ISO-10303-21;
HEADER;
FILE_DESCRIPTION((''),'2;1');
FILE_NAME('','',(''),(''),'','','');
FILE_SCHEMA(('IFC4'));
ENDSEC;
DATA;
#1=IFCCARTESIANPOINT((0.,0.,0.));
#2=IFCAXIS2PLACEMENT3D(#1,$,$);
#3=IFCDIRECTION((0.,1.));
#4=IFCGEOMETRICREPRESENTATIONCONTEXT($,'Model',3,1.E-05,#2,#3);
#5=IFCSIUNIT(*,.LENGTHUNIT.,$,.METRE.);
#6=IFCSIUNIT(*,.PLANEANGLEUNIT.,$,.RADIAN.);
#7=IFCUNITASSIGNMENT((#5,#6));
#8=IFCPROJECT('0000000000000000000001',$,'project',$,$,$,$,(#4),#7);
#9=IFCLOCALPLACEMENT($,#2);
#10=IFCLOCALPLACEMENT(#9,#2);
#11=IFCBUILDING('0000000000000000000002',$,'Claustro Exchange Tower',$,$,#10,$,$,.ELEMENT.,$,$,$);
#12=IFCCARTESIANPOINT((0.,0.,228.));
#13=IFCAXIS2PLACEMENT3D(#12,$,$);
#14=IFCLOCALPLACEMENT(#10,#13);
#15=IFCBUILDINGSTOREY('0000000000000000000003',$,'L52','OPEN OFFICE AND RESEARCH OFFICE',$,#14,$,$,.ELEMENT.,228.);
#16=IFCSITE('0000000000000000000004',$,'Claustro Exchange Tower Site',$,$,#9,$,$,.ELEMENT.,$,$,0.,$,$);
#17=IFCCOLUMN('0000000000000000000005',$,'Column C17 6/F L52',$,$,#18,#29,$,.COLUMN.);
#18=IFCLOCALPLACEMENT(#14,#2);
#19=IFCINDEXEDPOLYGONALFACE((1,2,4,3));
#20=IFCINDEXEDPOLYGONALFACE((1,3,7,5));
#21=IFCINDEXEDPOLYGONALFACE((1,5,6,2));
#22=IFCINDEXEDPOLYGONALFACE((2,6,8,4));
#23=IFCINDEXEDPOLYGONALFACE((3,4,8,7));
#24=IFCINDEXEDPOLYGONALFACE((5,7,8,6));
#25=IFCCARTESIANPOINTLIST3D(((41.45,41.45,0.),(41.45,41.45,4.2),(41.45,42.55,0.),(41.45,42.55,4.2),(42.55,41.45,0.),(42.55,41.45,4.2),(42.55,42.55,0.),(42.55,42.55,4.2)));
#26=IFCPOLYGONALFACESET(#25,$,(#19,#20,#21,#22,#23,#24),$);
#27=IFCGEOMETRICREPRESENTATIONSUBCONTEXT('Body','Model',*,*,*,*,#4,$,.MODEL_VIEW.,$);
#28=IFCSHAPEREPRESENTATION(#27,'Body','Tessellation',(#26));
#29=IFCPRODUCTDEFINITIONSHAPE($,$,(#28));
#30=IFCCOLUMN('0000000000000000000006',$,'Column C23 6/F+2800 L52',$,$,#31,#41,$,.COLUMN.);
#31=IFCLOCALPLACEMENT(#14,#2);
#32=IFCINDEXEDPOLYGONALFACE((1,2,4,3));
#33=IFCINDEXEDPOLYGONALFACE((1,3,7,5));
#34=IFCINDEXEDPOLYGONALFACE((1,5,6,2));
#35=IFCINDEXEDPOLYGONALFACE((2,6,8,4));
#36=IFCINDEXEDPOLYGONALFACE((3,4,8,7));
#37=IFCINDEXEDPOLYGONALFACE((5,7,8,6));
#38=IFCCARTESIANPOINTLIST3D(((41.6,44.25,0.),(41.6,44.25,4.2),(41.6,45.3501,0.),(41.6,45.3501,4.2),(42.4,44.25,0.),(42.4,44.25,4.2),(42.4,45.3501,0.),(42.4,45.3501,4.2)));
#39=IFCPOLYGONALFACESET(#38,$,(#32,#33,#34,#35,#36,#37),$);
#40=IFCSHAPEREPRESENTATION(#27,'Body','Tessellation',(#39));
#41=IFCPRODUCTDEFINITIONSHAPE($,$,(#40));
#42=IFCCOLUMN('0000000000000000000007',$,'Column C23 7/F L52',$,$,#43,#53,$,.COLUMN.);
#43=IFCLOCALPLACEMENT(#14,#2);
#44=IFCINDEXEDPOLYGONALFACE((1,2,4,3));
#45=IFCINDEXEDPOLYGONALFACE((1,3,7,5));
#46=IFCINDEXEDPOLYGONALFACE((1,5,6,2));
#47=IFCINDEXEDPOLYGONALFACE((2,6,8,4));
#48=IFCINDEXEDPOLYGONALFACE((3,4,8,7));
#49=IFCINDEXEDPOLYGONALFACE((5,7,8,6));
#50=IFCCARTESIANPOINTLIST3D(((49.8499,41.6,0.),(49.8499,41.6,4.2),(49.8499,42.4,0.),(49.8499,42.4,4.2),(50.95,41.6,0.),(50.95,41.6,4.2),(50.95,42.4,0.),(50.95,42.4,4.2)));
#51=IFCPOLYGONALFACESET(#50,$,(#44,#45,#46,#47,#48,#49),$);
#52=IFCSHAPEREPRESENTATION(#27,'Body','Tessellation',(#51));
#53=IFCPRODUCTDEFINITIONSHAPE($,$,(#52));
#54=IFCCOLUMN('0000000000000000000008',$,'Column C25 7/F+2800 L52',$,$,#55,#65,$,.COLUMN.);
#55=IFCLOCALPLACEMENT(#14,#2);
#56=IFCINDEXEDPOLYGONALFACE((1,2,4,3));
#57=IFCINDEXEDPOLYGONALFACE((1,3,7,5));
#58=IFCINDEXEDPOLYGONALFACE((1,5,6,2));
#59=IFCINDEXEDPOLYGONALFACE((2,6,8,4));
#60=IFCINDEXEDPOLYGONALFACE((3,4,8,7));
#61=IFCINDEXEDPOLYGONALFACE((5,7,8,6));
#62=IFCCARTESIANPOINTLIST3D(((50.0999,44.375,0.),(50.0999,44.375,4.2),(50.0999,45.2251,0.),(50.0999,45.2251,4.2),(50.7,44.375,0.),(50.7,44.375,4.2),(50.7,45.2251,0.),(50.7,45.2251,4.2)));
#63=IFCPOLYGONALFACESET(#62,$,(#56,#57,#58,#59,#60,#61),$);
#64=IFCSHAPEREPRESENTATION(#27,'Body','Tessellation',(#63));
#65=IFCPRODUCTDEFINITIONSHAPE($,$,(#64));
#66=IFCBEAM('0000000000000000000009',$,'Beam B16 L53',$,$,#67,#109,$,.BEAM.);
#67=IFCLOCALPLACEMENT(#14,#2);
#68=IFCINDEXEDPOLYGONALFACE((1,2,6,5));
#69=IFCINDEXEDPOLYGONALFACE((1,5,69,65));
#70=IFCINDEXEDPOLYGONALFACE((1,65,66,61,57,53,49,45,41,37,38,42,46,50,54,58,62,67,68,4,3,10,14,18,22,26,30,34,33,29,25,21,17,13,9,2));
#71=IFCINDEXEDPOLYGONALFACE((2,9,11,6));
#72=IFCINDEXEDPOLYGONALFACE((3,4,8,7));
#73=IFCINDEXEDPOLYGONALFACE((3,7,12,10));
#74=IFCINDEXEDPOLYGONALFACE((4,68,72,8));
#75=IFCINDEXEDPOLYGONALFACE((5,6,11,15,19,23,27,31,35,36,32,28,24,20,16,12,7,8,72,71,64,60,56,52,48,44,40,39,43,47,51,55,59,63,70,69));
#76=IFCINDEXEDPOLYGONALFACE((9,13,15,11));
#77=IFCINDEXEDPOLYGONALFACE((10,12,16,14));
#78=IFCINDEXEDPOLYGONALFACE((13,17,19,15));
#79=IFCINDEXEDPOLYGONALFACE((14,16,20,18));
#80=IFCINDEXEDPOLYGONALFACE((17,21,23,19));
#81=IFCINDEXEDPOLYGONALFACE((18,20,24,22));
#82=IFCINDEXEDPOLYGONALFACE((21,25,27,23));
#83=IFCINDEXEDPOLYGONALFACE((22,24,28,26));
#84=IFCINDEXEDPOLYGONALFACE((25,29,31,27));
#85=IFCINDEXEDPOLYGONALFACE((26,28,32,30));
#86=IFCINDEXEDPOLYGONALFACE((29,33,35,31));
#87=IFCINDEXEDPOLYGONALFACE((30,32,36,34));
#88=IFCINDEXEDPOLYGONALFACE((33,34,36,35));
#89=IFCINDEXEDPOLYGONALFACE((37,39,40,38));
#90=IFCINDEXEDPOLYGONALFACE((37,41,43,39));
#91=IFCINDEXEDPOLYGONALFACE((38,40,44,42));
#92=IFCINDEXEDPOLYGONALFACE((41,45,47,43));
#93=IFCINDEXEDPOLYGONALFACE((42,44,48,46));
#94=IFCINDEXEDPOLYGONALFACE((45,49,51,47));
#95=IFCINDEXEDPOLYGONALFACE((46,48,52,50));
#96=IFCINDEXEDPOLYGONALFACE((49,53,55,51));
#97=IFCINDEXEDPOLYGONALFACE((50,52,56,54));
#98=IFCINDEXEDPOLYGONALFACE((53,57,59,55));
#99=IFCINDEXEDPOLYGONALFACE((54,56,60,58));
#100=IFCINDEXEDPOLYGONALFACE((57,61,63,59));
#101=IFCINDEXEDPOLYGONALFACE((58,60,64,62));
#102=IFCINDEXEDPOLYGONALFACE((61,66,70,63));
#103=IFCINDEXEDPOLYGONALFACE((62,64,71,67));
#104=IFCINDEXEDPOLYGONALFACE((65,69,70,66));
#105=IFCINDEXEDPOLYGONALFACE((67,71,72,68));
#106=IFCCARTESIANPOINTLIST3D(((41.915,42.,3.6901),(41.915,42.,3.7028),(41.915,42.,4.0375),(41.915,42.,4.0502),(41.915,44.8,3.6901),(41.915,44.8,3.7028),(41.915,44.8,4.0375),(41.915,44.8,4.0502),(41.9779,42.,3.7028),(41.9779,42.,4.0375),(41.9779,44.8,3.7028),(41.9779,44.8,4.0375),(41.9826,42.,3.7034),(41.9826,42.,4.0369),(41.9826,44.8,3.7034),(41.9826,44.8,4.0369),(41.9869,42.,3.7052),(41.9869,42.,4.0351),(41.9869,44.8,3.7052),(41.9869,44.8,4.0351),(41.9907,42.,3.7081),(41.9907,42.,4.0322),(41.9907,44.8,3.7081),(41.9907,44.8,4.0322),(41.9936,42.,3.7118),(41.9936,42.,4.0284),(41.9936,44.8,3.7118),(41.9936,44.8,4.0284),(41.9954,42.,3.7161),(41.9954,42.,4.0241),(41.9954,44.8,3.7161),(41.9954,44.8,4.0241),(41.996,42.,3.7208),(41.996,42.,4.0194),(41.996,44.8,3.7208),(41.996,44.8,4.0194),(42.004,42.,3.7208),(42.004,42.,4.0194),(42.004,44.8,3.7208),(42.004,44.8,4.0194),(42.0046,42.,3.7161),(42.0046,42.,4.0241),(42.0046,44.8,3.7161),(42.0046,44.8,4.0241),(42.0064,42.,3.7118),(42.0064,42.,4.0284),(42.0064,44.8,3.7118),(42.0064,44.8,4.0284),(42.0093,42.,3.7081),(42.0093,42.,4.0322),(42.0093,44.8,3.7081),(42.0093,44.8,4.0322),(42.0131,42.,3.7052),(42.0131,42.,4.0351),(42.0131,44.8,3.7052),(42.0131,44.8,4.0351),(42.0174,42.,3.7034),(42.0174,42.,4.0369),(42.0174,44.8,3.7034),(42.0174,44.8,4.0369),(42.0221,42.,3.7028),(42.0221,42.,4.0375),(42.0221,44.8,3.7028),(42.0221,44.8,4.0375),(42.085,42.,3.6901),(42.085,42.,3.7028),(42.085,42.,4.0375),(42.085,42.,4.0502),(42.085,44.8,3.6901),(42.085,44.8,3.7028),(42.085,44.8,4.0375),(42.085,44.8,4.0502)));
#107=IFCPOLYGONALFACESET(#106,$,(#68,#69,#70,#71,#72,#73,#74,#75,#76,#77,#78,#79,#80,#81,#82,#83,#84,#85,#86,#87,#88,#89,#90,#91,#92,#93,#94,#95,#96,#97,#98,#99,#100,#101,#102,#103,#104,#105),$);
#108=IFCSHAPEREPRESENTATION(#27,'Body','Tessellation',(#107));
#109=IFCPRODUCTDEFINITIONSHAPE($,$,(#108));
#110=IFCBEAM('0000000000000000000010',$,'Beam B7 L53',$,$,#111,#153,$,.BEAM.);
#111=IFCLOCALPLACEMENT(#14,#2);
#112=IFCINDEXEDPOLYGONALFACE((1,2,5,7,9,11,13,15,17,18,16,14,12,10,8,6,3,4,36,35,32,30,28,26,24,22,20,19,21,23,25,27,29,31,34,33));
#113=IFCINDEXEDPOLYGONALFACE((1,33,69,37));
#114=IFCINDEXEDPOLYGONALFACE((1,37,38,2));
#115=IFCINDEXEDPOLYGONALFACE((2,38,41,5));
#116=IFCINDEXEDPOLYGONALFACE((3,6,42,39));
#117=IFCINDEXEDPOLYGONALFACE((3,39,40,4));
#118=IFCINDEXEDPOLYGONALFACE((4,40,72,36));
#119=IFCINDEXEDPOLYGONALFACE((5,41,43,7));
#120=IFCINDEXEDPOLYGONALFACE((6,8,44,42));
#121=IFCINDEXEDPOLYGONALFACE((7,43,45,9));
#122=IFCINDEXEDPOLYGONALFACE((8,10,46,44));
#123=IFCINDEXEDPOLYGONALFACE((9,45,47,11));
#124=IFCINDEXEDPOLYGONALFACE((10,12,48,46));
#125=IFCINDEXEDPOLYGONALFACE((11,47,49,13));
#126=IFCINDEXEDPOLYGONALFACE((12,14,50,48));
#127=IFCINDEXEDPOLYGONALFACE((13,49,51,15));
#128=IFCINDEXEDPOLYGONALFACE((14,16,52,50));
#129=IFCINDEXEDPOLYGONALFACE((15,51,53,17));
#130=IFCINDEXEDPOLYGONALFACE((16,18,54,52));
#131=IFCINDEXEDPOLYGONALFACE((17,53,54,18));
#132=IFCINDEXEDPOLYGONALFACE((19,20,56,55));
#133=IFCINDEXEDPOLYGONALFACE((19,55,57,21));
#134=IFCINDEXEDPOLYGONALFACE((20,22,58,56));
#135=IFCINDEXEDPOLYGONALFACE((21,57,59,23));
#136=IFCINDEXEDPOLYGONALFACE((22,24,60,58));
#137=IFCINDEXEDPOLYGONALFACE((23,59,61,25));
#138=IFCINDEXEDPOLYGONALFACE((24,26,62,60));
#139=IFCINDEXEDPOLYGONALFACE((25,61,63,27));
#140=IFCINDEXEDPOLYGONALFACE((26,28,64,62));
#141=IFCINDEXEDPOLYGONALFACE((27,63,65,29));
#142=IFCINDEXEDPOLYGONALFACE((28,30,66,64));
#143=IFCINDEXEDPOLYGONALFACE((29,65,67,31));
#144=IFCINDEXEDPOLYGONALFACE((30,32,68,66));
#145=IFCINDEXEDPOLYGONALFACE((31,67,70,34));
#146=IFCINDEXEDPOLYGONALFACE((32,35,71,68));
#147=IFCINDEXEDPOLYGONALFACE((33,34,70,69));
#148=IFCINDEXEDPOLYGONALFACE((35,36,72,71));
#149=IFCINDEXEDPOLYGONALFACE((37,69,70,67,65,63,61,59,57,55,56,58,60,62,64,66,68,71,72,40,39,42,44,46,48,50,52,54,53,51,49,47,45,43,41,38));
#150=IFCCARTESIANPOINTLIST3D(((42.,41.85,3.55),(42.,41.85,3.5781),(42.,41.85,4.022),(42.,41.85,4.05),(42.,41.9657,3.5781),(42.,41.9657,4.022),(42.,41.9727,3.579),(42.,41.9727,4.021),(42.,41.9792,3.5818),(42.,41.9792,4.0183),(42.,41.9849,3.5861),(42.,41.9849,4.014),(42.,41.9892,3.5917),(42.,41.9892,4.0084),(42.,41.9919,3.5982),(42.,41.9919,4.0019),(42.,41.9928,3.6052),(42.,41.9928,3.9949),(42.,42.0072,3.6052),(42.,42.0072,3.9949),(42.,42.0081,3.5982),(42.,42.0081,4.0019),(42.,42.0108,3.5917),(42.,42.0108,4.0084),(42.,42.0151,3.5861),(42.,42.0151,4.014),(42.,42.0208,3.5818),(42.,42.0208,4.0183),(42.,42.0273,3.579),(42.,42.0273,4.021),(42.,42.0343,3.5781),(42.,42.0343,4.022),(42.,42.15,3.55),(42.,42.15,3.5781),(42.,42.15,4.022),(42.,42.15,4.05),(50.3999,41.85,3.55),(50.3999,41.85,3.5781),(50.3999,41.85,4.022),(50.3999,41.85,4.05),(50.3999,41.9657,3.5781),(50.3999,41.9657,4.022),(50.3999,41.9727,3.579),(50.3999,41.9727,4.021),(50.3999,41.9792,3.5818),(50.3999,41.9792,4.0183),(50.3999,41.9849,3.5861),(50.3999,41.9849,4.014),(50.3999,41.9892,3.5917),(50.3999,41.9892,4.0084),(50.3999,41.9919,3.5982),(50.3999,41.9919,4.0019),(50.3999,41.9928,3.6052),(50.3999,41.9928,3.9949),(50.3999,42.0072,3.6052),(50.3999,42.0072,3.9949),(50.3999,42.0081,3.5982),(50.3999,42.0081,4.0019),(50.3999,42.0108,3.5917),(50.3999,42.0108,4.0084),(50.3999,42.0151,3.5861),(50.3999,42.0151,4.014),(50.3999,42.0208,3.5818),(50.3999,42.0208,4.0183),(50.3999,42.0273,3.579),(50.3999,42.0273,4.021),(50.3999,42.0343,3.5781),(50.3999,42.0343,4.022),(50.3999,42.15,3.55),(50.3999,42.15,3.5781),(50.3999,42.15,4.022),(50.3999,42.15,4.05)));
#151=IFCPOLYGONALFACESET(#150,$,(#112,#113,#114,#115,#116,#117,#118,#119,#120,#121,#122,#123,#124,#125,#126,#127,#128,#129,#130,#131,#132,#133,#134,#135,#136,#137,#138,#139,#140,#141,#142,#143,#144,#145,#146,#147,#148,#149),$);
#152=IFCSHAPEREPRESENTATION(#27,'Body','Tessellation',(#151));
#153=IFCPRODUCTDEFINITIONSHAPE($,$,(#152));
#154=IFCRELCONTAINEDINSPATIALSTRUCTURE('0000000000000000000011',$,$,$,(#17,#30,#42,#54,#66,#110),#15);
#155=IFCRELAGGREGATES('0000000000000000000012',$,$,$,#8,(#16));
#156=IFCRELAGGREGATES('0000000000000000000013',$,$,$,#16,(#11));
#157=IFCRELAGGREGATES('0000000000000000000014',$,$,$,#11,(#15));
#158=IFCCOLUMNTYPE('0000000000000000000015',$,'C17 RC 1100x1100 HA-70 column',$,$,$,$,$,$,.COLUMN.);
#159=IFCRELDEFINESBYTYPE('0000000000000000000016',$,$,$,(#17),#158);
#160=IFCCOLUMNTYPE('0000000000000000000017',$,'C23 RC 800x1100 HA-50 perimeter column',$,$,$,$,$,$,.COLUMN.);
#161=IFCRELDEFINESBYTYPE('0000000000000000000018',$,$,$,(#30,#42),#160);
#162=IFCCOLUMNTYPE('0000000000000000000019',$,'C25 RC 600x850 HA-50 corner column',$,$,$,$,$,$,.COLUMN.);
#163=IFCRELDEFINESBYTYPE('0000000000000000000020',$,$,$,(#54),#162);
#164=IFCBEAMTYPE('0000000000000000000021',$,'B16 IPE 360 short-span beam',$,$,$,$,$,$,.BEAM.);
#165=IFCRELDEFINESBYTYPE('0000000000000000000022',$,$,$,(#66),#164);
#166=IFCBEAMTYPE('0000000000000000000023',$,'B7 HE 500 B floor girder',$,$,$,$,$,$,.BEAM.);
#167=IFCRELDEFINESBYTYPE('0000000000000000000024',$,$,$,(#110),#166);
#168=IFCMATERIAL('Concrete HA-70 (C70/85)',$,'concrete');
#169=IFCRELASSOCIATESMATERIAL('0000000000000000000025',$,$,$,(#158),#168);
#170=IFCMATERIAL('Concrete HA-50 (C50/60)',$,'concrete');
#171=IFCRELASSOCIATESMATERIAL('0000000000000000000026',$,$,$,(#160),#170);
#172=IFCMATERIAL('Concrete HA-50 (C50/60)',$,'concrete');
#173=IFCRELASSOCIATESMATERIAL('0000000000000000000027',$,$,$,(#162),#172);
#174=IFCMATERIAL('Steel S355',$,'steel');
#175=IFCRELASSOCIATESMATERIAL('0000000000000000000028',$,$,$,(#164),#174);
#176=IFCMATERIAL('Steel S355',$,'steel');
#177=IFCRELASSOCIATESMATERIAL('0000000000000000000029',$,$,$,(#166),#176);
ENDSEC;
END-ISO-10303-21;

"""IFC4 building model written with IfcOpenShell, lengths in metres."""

from ifc_helpers import new_model, si_unit, direction, frame, origin, origin_2d, place, context, subcontext, project, spatial, rectangle, i_section, extrude, material, material_profile, profile_set, type_object, element, save


model = new_model("IFC4")

# Units and contexts
model_context = context("Model", 3, precision=1e-05, world=origin(), true_north=direction((0.0, 1.0)))
body_context = subcontext(model_context, "Body", "Model", "MODEL_VIEW")
ifc_project = project(units=[si_unit("LENGTHUNIT", "METRE"), si_unit("PLANEANGLEUNIT", "RADIAN")], contexts=[model_context])

# Site, building, storey
site_placement = place(None, origin())
site = spatial("IfcSite", under=ifc_project, at=site_placement, Name="Claustro Exchange Tower Site", CompositionType="ELEMENT", RefElevation=0.0)
building_placement = place(site_placement, origin())
building = spatial("IfcBuilding", under=site, at=building_placement, Name="Claustro Exchange Tower", CompositionType="ELEMENT")
storey_placement = place(building_placement, frame((0.0, 0.0, 228.0)))
storey = spatial("IfcBuildingStorey", under=building, at=storey_placement, Name="L52", Description="OPEN OFFICE AND RESEARCH OFFICE", CompositionType="ELEMENT", Elevation=228.0)

# Columns
ifc_material_1 = material(Name="Concrete HA-70 (C70/85)", Category="concrete")
ifc_material_profile_1 = material_profile(ifc_material_1, rectangle(XDim=1.1001, YDim=1.1001, at=origin_2d()), Name="RC 1100x1100")
ifc_profile_set_1 = profile_set([ifc_material_profile_1], Name="Concrete HA-70 (C70/85)")
column_type_1 = type_object("IfcColumnType", Name="C17 RC 1100x1100 HA-70 column", PredefinedType="COLUMN", material=ifc_profile_set_1)
column_1_placement = place(storey_placement, frame((42.0, 42.0, 0.0), z_axis=(0.0, 0.0, 1.0), x_axis=(1.0, 0.0, 0.0)))
element("IfcColumn", 1, at=column_1_placement, inside=storey, type_object=column_type_1, Name="Column C17 6/F L52", PredefinedType="COLUMN", context=body_context, shape_type="SweptSolid", body=[
    extrude(rectangle(XDim=1.1001, YDim=1.1001, at=origin_2d()), origin(), (0.0, 0.0, 1.0), 4.2),
])
ifc_material_2 = material(Name="Concrete HA-50 (C50/60)", Category="concrete")
ifc_material_profile_2 = material_profile(ifc_material_2, rectangle(XDim=0.8, YDim=1.1001, at=origin_2d()), Name="RC 800x1100")
ifc_profile_set_2 = profile_set([ifc_material_profile_2], Name="Concrete HA-50 (C50/60)")
column_type_2 = type_object("IfcColumnType", Name="C23 RC 800x1100 HA-50 perimeter column", PredefinedType="COLUMN", material=ifc_profile_set_2)
for number, where, z_axis, x_axis, name in (
    (2, (42.0, 44.8, 0.0), (0.0, 0.0, 1.0), (1.0, 0.0, 0.0), "Column C23 6/F+2800 L52"),
    (3, (50.3999, 42.0, 0.0), (0.0, 0.0, 1.0), (0.0, 1.0, 0.0), "Column C23 7/F L52"),
):
    element("IfcColumn", number, at=place(storey_placement, frame(where, z_axis=z_axis, x_axis=x_axis)), inside=storey, type_object=column_type_2, Name=name, PredefinedType="COLUMN", context=body_context, shape_type="SweptSolid", body=[
        extrude(rectangle(XDim=0.8, YDim=1.1001, at=origin_2d()), origin(), (0.0, 0.0, 1.0), 4.2),
    ])
ifc_material_3 = material(Name="Concrete HA-50 (C50/60)", Category="concrete")
ifc_material_profile_3 = material_profile(ifc_material_3, rectangle(XDim=0.6001, YDim=0.8501, at=origin_2d()), Name="RC 600x850")
ifc_profile_set_3 = profile_set([ifc_material_profile_3], Name="Concrete HA-50 (C50/60)")
column_type_3 = type_object("IfcColumnType", Name="C25 RC 600x850 HA-50 corner column", PredefinedType="COLUMN", material=ifc_profile_set_3)
column_2_placement = place(storey_placement, frame((50.3999, 44.8, 0.0), z_axis=(0.0, 0.0, 1.0), x_axis=(1.0, 0.0, 0.0)))
element("IfcColumn", 4, at=column_2_placement, inside=storey, type_object=column_type_3, Name="Column C25 7/F+2800 L52", PredefinedType="COLUMN", context=body_context, shape_type="SweptSolid", body=[
    extrude(rectangle(XDim=0.6001, YDim=0.8501, at=origin_2d()), origin(), (0.0, 0.0, 1.0), 4.2),
])

# Beams
ifc_material_4 = material(Name="Steel S355", Category="steel")
ifc_material_profile_4 = material_profile(ifc_material_4, i_section(OverallWidth=0.1699, OverallDepth=0.3601, WebThickness=0.0081, FlangeThickness=0.0127, FilletRadius=0.0181, at=origin_2d()), Name="IPE 360")
ifc_profile_set_4 = profile_set([ifc_material_profile_4], Name="Steel S355")
beam_type_1 = type_object("IfcBeamType", Name="B16 IPE 360 short-span beam", PredefinedType="BEAM", material=ifc_profile_set_4)
beam_1_placement = place(storey_placement, frame((42.0, 42.0, 3.8701), z_axis=(0.0, 1.0, 0.0), x_axis=(-1.0, 0.0, 0.0)))
element("IfcBeam", 5, at=beam_1_placement, inside=storey, type_object=beam_type_1, Name="Beam B16 L53", PredefinedType="BEAM", context=body_context, shape_type="SweptSolid", body=[
    extrude(i_section(OverallWidth=0.1699, OverallDepth=0.3601, WebThickness=0.0081, FlangeThickness=0.0127, FilletRadius=0.0181, at=origin_2d()), origin(), (0.0, 0.0, 1.0), 2.8),
])
ifc_material_5 = material(Name="Steel S355", Category="steel")
ifc_material_profile_5 = material_profile(ifc_material_5, i_section(OverallWidth=0.3, OverallDepth=0.5, WebThickness=0.0144, FlangeThickness=0.0281, FilletRadius=0.0271, at=origin_2d()), Name="HE 500 B")
ifc_profile_set_5 = profile_set([ifc_material_profile_5], Name="Steel S355")
beam_type_2 = type_object("IfcBeamType", Name="B7 HE 500 B floor girder", PredefinedType="BEAM", material=ifc_profile_set_5)
beam_2_placement = place(storey_placement, frame((42.0, 42.0, 3.8), z_axis=(1.0, 0.0, 0.0), x_axis=(0.0, 1.0, 0.0)))
element("IfcBeam", 6, at=beam_2_placement, inside=storey, type_object=beam_type_2, Name="Beam B7 L53", PredefinedType="BEAM", context=body_context, shape_type="SweptSolid", body=[
    extrude(i_section(OverallWidth=0.3, OverallDepth=0.5, WebThickness=0.0144, FlangeThickness=0.0281, FilletRadius=0.0271, at=origin_2d()), origin(), (0.0, 0.0, 1.0), 8.3999),
])

save(model, "model.ifc")
